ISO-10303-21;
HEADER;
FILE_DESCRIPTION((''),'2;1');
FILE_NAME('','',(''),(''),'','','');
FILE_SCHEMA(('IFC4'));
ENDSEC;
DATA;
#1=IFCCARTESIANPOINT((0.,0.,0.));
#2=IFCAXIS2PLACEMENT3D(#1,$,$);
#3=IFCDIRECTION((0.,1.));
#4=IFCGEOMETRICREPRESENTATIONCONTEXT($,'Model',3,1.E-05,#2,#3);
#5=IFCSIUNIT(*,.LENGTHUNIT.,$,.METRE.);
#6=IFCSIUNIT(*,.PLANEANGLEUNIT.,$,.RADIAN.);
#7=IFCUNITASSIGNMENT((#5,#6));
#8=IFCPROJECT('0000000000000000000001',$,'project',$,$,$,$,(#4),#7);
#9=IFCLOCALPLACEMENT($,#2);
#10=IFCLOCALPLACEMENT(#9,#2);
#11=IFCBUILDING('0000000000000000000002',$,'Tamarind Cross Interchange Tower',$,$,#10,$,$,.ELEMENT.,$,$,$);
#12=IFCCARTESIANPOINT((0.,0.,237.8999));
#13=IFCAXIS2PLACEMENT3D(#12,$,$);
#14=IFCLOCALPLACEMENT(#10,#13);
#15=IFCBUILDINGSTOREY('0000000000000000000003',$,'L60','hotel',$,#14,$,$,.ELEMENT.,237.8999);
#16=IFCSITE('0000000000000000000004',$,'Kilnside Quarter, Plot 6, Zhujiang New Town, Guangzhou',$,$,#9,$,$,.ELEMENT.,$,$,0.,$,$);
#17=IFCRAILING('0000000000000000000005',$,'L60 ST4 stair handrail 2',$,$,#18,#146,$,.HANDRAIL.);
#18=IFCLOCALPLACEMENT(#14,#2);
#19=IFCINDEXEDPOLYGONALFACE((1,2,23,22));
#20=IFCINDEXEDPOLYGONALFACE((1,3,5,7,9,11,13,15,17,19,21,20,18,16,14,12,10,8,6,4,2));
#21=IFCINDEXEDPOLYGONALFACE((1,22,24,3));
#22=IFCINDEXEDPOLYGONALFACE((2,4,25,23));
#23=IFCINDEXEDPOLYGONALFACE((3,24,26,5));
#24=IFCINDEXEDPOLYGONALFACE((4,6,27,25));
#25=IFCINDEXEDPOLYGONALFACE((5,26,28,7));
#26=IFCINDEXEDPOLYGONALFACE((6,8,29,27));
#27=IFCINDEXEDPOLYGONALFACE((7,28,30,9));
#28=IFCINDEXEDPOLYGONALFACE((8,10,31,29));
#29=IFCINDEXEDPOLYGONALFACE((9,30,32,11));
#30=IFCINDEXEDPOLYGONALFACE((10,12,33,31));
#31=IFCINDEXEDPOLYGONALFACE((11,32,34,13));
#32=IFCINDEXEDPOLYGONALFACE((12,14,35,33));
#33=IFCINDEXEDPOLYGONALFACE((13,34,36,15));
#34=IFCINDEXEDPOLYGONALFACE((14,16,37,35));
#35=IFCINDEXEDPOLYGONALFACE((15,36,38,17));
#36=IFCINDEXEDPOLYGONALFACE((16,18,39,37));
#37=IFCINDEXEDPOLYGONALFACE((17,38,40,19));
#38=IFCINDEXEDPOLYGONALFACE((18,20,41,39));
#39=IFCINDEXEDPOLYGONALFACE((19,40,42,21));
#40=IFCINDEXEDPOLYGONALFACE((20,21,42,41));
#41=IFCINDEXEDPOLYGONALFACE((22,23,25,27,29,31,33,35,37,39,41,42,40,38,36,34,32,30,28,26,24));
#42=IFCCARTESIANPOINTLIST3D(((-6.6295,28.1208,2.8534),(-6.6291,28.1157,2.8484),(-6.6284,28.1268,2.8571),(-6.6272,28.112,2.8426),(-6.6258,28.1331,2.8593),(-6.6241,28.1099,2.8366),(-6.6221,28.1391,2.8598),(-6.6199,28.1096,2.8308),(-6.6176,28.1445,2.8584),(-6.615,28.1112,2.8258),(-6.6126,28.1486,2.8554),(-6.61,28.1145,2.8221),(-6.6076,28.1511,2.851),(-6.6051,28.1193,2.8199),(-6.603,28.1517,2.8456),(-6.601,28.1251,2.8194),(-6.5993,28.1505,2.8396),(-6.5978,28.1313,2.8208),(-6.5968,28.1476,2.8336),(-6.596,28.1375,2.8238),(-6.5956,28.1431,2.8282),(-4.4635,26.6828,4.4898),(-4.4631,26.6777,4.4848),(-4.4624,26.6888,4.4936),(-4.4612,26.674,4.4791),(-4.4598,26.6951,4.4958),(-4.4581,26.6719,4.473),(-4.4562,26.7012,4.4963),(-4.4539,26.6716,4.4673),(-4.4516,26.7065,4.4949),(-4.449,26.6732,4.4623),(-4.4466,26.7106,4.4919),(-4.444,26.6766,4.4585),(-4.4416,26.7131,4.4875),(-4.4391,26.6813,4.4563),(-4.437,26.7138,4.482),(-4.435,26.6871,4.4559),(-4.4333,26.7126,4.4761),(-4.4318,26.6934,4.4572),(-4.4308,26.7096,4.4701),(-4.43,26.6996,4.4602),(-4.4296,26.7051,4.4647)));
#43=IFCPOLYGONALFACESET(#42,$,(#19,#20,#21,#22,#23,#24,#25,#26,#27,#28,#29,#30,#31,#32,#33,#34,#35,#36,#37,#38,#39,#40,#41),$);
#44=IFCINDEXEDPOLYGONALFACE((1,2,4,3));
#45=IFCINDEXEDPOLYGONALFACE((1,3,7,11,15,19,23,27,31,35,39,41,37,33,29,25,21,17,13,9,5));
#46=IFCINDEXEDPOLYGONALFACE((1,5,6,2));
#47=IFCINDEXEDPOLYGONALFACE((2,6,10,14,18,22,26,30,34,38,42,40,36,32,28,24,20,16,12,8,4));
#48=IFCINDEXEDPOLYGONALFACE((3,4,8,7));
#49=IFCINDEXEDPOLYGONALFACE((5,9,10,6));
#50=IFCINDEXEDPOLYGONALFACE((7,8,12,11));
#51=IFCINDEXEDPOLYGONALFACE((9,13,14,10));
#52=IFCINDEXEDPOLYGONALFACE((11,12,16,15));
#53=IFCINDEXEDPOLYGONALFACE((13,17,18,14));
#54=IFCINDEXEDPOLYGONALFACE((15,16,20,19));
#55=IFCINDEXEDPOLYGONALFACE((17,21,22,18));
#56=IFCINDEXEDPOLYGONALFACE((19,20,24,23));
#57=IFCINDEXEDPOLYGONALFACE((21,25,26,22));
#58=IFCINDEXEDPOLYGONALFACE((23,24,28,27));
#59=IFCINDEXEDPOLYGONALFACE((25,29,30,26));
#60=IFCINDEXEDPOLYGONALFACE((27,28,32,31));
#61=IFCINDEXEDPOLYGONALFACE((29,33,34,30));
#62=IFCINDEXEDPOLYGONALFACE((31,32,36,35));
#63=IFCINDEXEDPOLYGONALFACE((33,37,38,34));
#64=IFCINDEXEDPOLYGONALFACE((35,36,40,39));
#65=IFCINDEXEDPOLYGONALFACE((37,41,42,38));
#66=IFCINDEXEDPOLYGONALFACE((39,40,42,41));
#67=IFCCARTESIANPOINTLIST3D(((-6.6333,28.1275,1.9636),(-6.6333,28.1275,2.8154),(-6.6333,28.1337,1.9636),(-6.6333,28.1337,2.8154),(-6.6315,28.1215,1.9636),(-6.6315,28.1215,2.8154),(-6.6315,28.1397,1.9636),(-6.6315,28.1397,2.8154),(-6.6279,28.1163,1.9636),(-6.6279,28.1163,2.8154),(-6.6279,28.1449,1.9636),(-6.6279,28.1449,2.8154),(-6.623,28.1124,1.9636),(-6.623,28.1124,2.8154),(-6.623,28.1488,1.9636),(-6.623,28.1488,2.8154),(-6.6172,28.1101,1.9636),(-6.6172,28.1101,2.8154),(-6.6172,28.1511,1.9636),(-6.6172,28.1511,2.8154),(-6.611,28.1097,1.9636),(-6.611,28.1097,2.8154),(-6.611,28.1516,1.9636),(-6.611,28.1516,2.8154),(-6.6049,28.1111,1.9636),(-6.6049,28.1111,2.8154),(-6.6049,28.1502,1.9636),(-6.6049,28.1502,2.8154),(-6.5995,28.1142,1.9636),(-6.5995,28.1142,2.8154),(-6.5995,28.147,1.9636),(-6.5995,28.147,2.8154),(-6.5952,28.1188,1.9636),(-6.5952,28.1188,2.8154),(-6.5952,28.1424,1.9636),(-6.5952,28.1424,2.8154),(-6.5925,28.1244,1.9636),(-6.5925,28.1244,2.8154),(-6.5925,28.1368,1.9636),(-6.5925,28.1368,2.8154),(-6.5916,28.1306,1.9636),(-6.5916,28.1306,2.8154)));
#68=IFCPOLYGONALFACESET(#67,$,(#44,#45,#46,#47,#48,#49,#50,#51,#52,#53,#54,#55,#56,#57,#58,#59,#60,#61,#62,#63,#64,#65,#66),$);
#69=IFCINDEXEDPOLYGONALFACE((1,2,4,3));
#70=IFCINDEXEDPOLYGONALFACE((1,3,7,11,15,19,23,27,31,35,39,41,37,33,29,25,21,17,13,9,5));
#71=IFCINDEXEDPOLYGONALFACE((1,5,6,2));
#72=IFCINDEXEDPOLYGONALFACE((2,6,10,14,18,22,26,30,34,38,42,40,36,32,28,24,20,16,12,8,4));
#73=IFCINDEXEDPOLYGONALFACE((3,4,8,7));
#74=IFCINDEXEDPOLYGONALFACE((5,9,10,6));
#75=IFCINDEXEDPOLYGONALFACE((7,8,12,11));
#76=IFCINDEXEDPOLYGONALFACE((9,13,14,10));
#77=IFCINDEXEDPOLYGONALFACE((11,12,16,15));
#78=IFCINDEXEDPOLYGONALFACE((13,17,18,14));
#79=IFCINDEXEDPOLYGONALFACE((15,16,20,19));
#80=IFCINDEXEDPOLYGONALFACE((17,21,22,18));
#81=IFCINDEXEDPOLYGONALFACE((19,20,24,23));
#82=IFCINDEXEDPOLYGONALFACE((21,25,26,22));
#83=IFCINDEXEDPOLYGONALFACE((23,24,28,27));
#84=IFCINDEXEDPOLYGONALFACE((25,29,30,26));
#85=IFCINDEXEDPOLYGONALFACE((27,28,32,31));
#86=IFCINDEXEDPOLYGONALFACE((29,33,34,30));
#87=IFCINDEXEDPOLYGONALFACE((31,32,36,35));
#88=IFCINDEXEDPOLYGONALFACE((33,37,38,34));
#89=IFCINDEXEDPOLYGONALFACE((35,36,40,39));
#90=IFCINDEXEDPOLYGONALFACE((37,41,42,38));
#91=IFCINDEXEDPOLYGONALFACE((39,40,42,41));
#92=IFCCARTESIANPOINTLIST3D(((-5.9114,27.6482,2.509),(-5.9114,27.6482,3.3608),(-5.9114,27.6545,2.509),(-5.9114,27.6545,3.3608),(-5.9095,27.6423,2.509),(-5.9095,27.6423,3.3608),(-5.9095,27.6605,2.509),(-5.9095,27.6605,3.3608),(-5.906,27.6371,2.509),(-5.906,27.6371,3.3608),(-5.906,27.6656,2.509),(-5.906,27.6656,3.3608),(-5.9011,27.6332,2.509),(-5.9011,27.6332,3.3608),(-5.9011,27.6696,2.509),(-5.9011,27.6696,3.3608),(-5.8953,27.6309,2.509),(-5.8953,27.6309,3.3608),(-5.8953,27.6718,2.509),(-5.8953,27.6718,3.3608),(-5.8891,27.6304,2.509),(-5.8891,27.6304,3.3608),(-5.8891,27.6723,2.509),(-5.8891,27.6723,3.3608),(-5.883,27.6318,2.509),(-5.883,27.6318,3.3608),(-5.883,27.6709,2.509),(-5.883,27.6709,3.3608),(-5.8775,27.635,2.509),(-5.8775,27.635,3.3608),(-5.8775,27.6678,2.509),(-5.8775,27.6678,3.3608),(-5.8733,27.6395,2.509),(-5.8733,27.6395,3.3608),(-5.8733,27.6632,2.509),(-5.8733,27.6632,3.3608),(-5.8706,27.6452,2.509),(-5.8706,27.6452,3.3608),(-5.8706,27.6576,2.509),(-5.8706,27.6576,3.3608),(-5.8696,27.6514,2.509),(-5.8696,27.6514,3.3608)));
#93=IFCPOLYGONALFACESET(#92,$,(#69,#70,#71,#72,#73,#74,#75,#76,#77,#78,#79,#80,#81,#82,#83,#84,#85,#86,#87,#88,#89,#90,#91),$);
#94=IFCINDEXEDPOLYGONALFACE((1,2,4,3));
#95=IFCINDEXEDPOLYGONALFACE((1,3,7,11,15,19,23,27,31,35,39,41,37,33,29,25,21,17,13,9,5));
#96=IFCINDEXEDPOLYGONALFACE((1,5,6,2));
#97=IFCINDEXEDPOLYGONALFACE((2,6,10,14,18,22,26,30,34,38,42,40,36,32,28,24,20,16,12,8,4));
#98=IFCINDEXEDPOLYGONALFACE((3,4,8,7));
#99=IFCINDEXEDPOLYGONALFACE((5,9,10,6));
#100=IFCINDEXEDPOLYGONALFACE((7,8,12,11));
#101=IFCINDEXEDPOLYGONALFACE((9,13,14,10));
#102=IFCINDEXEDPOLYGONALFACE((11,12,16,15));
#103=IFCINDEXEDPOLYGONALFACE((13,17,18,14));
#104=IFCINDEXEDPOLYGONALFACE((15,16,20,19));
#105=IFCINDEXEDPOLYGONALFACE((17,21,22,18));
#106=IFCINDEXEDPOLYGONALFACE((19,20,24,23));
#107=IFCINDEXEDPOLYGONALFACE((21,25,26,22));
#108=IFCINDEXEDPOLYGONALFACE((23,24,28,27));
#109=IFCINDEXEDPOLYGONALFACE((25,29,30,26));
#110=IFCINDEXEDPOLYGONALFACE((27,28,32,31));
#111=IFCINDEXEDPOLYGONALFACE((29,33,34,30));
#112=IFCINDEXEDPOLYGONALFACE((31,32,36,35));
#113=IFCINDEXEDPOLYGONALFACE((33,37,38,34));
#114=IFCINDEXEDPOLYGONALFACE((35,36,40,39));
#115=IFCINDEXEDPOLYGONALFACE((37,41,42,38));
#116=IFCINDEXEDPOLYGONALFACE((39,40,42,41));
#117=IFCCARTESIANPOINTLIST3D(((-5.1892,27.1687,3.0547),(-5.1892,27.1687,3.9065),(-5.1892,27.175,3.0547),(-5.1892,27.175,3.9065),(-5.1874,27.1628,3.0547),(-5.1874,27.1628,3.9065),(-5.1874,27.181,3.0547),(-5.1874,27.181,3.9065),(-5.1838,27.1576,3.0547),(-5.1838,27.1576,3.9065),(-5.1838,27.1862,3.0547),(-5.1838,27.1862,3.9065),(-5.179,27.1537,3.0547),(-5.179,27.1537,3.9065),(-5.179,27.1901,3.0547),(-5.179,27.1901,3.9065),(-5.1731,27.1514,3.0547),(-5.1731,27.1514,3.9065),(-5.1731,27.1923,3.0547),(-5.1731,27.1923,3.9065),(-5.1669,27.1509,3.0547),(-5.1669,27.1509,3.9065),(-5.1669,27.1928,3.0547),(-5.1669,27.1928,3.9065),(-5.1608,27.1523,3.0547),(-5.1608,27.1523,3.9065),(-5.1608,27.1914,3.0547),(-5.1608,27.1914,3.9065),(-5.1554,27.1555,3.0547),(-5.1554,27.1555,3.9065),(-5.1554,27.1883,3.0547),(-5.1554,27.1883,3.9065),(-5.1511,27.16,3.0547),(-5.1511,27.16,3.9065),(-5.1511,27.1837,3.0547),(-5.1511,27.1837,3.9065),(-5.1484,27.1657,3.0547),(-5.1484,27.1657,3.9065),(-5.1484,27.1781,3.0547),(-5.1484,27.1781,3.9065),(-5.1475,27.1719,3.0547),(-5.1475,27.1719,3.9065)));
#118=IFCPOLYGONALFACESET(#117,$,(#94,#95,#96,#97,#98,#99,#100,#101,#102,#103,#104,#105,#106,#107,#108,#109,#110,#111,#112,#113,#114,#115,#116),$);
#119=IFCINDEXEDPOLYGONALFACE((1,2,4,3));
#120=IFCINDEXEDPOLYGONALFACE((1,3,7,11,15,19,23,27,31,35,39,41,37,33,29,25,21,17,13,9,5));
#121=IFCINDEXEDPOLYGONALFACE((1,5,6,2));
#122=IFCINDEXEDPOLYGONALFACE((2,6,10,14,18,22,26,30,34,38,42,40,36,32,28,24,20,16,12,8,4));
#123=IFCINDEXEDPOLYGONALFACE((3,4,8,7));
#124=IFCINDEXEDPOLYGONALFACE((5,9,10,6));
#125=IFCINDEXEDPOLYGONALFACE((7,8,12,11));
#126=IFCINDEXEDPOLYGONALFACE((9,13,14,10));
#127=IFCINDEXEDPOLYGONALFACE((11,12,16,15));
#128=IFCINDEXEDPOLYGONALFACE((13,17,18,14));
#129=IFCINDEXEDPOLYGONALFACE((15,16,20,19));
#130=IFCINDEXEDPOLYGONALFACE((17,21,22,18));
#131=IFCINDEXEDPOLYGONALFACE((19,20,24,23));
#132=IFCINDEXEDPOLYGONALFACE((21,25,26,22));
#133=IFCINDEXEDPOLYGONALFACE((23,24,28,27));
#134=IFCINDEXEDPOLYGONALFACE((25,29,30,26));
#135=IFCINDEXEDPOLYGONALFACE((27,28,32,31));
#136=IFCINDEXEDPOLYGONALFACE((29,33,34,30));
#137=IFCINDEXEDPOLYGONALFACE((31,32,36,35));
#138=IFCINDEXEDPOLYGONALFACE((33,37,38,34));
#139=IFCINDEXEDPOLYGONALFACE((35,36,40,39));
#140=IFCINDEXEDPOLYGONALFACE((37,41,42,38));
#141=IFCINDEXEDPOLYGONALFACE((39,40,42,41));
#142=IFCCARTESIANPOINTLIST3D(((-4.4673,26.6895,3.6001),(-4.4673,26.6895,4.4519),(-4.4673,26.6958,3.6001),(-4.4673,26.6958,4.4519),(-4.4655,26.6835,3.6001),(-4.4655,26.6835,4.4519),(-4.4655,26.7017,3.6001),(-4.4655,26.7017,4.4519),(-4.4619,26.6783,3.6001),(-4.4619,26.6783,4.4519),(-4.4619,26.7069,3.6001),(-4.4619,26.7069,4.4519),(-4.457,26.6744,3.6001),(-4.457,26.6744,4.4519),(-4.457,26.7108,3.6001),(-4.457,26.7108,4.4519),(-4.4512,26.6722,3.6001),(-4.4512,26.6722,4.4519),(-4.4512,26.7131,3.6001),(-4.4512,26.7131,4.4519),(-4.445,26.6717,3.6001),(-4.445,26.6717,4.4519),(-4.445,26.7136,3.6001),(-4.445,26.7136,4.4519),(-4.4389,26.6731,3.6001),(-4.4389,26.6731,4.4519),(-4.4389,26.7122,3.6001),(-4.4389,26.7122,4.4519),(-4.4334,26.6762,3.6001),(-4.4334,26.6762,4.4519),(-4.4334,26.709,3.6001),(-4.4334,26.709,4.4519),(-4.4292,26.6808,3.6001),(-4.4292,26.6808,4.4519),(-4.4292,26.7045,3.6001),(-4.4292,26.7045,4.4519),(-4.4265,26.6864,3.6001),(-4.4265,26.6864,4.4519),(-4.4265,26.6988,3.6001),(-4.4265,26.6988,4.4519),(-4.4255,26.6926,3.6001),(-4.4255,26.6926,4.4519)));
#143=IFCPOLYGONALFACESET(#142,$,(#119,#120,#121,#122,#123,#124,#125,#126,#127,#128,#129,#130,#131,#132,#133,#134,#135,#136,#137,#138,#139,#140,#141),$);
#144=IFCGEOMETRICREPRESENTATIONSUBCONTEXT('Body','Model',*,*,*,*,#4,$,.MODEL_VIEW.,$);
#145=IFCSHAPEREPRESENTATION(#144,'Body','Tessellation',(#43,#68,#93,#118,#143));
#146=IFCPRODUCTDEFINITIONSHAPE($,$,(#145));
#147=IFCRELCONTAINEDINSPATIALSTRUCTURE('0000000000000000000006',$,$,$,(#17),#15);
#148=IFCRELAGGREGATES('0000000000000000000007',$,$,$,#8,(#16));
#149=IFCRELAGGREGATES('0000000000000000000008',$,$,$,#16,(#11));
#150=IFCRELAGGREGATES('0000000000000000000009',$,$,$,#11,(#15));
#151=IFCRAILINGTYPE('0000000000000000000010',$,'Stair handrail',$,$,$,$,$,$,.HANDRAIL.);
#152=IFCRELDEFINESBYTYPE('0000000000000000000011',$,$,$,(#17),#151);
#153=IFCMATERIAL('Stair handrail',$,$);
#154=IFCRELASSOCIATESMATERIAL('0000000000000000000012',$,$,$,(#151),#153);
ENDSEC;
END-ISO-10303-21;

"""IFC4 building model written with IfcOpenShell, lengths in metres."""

from ifc_helpers import new_model, si_unit, direction, frame, origin, origin_2d, place, context, subcontext, project, spatial, circle, extrude, material, type_object, element, save


model = new_model("IFC4")

# Units and contexts
model_context = context("Model", 3, precision=1e-05, world=origin(), true_north=direction((0.0, 1.0)))
body_context = subcontext(model_context, "Body", "Model", "MODEL_VIEW")
ifc_project = project(units=[si_unit("LENGTHUNIT", "METRE"), si_unit("PLANEANGLEUNIT", "RADIAN")], contexts=[model_context])

# Site, building, storey
site_placement = place(None, origin())
site = spatial("IfcSite", under=ifc_project, at=site_placement, Name="Kilnside Quarter, Plot 6, Zhujiang New Town, Guangzhou", CompositionType="ELEMENT", RefElevation=0.0)
building_placement = place(site_placement, origin())
building = spatial("IfcBuilding", under=site, at=building_placement, Name="Tamarind Cross Interchange Tower", CompositionType="ELEMENT")
storey_placement = place(building_placement, frame((0.0, 0.0, 237.8999)))
storey = spatial("IfcBuildingStorey", under=building, at=storey_placement, Name="L60", Description="hotel", CompositionType="ELEMENT", Elevation=237.8999)

# Railing
ifc_material_1 = material(Name="Stair handrail")
railing_type_1 = type_object("IfcRailingType", Name="Stair handrail", PredefinedType="HANDRAIL", material=ifc_material_1)
railing_1_placement = place(storey_placement, frame((-6.6125, 28.1306, 1.9636)))
element("IfcRailing", 1, at=railing_1_placement, inside=storey, type_object=railing_type_1, Name="L60 ST4 stair handrail 2", PredefinedType="HANDRAIL", context=body_context, shape_type="SweptSolid", body=[
    extrude(circle(Radius=0.0239, at=origin_2d()), frame((0.0, 0.0, 0.876), z_axis=(0.705072, -0.468088, 0.532698), x_axis=(0.553096, 0.833118, 0.0)), (0.0, 0.0, 1.0), 3.072),
    extrude(circle(Radius=0.021, at=origin_2d()), origin(), (0.0, 0.0, 1.0), 0.8518),
    extrude(circle(Radius=0.021, at=origin_2d()), frame((0.7219, -0.4792, 0.5454)), (0.0, 0.0, 1.0), 0.8518),
    extrude(circle(Radius=0.021, at=origin_2d()), frame((1.4441, -0.9587, 1.0911)), (0.0, 0.0, 1.0), 0.8518),
    extrude(circle(Radius=0.021, at=origin_2d()), frame((2.166, -1.438, 1.6365)), (0.0, 0.0, 1.0), 0.8518),
])

save(model, "model.ifc")
